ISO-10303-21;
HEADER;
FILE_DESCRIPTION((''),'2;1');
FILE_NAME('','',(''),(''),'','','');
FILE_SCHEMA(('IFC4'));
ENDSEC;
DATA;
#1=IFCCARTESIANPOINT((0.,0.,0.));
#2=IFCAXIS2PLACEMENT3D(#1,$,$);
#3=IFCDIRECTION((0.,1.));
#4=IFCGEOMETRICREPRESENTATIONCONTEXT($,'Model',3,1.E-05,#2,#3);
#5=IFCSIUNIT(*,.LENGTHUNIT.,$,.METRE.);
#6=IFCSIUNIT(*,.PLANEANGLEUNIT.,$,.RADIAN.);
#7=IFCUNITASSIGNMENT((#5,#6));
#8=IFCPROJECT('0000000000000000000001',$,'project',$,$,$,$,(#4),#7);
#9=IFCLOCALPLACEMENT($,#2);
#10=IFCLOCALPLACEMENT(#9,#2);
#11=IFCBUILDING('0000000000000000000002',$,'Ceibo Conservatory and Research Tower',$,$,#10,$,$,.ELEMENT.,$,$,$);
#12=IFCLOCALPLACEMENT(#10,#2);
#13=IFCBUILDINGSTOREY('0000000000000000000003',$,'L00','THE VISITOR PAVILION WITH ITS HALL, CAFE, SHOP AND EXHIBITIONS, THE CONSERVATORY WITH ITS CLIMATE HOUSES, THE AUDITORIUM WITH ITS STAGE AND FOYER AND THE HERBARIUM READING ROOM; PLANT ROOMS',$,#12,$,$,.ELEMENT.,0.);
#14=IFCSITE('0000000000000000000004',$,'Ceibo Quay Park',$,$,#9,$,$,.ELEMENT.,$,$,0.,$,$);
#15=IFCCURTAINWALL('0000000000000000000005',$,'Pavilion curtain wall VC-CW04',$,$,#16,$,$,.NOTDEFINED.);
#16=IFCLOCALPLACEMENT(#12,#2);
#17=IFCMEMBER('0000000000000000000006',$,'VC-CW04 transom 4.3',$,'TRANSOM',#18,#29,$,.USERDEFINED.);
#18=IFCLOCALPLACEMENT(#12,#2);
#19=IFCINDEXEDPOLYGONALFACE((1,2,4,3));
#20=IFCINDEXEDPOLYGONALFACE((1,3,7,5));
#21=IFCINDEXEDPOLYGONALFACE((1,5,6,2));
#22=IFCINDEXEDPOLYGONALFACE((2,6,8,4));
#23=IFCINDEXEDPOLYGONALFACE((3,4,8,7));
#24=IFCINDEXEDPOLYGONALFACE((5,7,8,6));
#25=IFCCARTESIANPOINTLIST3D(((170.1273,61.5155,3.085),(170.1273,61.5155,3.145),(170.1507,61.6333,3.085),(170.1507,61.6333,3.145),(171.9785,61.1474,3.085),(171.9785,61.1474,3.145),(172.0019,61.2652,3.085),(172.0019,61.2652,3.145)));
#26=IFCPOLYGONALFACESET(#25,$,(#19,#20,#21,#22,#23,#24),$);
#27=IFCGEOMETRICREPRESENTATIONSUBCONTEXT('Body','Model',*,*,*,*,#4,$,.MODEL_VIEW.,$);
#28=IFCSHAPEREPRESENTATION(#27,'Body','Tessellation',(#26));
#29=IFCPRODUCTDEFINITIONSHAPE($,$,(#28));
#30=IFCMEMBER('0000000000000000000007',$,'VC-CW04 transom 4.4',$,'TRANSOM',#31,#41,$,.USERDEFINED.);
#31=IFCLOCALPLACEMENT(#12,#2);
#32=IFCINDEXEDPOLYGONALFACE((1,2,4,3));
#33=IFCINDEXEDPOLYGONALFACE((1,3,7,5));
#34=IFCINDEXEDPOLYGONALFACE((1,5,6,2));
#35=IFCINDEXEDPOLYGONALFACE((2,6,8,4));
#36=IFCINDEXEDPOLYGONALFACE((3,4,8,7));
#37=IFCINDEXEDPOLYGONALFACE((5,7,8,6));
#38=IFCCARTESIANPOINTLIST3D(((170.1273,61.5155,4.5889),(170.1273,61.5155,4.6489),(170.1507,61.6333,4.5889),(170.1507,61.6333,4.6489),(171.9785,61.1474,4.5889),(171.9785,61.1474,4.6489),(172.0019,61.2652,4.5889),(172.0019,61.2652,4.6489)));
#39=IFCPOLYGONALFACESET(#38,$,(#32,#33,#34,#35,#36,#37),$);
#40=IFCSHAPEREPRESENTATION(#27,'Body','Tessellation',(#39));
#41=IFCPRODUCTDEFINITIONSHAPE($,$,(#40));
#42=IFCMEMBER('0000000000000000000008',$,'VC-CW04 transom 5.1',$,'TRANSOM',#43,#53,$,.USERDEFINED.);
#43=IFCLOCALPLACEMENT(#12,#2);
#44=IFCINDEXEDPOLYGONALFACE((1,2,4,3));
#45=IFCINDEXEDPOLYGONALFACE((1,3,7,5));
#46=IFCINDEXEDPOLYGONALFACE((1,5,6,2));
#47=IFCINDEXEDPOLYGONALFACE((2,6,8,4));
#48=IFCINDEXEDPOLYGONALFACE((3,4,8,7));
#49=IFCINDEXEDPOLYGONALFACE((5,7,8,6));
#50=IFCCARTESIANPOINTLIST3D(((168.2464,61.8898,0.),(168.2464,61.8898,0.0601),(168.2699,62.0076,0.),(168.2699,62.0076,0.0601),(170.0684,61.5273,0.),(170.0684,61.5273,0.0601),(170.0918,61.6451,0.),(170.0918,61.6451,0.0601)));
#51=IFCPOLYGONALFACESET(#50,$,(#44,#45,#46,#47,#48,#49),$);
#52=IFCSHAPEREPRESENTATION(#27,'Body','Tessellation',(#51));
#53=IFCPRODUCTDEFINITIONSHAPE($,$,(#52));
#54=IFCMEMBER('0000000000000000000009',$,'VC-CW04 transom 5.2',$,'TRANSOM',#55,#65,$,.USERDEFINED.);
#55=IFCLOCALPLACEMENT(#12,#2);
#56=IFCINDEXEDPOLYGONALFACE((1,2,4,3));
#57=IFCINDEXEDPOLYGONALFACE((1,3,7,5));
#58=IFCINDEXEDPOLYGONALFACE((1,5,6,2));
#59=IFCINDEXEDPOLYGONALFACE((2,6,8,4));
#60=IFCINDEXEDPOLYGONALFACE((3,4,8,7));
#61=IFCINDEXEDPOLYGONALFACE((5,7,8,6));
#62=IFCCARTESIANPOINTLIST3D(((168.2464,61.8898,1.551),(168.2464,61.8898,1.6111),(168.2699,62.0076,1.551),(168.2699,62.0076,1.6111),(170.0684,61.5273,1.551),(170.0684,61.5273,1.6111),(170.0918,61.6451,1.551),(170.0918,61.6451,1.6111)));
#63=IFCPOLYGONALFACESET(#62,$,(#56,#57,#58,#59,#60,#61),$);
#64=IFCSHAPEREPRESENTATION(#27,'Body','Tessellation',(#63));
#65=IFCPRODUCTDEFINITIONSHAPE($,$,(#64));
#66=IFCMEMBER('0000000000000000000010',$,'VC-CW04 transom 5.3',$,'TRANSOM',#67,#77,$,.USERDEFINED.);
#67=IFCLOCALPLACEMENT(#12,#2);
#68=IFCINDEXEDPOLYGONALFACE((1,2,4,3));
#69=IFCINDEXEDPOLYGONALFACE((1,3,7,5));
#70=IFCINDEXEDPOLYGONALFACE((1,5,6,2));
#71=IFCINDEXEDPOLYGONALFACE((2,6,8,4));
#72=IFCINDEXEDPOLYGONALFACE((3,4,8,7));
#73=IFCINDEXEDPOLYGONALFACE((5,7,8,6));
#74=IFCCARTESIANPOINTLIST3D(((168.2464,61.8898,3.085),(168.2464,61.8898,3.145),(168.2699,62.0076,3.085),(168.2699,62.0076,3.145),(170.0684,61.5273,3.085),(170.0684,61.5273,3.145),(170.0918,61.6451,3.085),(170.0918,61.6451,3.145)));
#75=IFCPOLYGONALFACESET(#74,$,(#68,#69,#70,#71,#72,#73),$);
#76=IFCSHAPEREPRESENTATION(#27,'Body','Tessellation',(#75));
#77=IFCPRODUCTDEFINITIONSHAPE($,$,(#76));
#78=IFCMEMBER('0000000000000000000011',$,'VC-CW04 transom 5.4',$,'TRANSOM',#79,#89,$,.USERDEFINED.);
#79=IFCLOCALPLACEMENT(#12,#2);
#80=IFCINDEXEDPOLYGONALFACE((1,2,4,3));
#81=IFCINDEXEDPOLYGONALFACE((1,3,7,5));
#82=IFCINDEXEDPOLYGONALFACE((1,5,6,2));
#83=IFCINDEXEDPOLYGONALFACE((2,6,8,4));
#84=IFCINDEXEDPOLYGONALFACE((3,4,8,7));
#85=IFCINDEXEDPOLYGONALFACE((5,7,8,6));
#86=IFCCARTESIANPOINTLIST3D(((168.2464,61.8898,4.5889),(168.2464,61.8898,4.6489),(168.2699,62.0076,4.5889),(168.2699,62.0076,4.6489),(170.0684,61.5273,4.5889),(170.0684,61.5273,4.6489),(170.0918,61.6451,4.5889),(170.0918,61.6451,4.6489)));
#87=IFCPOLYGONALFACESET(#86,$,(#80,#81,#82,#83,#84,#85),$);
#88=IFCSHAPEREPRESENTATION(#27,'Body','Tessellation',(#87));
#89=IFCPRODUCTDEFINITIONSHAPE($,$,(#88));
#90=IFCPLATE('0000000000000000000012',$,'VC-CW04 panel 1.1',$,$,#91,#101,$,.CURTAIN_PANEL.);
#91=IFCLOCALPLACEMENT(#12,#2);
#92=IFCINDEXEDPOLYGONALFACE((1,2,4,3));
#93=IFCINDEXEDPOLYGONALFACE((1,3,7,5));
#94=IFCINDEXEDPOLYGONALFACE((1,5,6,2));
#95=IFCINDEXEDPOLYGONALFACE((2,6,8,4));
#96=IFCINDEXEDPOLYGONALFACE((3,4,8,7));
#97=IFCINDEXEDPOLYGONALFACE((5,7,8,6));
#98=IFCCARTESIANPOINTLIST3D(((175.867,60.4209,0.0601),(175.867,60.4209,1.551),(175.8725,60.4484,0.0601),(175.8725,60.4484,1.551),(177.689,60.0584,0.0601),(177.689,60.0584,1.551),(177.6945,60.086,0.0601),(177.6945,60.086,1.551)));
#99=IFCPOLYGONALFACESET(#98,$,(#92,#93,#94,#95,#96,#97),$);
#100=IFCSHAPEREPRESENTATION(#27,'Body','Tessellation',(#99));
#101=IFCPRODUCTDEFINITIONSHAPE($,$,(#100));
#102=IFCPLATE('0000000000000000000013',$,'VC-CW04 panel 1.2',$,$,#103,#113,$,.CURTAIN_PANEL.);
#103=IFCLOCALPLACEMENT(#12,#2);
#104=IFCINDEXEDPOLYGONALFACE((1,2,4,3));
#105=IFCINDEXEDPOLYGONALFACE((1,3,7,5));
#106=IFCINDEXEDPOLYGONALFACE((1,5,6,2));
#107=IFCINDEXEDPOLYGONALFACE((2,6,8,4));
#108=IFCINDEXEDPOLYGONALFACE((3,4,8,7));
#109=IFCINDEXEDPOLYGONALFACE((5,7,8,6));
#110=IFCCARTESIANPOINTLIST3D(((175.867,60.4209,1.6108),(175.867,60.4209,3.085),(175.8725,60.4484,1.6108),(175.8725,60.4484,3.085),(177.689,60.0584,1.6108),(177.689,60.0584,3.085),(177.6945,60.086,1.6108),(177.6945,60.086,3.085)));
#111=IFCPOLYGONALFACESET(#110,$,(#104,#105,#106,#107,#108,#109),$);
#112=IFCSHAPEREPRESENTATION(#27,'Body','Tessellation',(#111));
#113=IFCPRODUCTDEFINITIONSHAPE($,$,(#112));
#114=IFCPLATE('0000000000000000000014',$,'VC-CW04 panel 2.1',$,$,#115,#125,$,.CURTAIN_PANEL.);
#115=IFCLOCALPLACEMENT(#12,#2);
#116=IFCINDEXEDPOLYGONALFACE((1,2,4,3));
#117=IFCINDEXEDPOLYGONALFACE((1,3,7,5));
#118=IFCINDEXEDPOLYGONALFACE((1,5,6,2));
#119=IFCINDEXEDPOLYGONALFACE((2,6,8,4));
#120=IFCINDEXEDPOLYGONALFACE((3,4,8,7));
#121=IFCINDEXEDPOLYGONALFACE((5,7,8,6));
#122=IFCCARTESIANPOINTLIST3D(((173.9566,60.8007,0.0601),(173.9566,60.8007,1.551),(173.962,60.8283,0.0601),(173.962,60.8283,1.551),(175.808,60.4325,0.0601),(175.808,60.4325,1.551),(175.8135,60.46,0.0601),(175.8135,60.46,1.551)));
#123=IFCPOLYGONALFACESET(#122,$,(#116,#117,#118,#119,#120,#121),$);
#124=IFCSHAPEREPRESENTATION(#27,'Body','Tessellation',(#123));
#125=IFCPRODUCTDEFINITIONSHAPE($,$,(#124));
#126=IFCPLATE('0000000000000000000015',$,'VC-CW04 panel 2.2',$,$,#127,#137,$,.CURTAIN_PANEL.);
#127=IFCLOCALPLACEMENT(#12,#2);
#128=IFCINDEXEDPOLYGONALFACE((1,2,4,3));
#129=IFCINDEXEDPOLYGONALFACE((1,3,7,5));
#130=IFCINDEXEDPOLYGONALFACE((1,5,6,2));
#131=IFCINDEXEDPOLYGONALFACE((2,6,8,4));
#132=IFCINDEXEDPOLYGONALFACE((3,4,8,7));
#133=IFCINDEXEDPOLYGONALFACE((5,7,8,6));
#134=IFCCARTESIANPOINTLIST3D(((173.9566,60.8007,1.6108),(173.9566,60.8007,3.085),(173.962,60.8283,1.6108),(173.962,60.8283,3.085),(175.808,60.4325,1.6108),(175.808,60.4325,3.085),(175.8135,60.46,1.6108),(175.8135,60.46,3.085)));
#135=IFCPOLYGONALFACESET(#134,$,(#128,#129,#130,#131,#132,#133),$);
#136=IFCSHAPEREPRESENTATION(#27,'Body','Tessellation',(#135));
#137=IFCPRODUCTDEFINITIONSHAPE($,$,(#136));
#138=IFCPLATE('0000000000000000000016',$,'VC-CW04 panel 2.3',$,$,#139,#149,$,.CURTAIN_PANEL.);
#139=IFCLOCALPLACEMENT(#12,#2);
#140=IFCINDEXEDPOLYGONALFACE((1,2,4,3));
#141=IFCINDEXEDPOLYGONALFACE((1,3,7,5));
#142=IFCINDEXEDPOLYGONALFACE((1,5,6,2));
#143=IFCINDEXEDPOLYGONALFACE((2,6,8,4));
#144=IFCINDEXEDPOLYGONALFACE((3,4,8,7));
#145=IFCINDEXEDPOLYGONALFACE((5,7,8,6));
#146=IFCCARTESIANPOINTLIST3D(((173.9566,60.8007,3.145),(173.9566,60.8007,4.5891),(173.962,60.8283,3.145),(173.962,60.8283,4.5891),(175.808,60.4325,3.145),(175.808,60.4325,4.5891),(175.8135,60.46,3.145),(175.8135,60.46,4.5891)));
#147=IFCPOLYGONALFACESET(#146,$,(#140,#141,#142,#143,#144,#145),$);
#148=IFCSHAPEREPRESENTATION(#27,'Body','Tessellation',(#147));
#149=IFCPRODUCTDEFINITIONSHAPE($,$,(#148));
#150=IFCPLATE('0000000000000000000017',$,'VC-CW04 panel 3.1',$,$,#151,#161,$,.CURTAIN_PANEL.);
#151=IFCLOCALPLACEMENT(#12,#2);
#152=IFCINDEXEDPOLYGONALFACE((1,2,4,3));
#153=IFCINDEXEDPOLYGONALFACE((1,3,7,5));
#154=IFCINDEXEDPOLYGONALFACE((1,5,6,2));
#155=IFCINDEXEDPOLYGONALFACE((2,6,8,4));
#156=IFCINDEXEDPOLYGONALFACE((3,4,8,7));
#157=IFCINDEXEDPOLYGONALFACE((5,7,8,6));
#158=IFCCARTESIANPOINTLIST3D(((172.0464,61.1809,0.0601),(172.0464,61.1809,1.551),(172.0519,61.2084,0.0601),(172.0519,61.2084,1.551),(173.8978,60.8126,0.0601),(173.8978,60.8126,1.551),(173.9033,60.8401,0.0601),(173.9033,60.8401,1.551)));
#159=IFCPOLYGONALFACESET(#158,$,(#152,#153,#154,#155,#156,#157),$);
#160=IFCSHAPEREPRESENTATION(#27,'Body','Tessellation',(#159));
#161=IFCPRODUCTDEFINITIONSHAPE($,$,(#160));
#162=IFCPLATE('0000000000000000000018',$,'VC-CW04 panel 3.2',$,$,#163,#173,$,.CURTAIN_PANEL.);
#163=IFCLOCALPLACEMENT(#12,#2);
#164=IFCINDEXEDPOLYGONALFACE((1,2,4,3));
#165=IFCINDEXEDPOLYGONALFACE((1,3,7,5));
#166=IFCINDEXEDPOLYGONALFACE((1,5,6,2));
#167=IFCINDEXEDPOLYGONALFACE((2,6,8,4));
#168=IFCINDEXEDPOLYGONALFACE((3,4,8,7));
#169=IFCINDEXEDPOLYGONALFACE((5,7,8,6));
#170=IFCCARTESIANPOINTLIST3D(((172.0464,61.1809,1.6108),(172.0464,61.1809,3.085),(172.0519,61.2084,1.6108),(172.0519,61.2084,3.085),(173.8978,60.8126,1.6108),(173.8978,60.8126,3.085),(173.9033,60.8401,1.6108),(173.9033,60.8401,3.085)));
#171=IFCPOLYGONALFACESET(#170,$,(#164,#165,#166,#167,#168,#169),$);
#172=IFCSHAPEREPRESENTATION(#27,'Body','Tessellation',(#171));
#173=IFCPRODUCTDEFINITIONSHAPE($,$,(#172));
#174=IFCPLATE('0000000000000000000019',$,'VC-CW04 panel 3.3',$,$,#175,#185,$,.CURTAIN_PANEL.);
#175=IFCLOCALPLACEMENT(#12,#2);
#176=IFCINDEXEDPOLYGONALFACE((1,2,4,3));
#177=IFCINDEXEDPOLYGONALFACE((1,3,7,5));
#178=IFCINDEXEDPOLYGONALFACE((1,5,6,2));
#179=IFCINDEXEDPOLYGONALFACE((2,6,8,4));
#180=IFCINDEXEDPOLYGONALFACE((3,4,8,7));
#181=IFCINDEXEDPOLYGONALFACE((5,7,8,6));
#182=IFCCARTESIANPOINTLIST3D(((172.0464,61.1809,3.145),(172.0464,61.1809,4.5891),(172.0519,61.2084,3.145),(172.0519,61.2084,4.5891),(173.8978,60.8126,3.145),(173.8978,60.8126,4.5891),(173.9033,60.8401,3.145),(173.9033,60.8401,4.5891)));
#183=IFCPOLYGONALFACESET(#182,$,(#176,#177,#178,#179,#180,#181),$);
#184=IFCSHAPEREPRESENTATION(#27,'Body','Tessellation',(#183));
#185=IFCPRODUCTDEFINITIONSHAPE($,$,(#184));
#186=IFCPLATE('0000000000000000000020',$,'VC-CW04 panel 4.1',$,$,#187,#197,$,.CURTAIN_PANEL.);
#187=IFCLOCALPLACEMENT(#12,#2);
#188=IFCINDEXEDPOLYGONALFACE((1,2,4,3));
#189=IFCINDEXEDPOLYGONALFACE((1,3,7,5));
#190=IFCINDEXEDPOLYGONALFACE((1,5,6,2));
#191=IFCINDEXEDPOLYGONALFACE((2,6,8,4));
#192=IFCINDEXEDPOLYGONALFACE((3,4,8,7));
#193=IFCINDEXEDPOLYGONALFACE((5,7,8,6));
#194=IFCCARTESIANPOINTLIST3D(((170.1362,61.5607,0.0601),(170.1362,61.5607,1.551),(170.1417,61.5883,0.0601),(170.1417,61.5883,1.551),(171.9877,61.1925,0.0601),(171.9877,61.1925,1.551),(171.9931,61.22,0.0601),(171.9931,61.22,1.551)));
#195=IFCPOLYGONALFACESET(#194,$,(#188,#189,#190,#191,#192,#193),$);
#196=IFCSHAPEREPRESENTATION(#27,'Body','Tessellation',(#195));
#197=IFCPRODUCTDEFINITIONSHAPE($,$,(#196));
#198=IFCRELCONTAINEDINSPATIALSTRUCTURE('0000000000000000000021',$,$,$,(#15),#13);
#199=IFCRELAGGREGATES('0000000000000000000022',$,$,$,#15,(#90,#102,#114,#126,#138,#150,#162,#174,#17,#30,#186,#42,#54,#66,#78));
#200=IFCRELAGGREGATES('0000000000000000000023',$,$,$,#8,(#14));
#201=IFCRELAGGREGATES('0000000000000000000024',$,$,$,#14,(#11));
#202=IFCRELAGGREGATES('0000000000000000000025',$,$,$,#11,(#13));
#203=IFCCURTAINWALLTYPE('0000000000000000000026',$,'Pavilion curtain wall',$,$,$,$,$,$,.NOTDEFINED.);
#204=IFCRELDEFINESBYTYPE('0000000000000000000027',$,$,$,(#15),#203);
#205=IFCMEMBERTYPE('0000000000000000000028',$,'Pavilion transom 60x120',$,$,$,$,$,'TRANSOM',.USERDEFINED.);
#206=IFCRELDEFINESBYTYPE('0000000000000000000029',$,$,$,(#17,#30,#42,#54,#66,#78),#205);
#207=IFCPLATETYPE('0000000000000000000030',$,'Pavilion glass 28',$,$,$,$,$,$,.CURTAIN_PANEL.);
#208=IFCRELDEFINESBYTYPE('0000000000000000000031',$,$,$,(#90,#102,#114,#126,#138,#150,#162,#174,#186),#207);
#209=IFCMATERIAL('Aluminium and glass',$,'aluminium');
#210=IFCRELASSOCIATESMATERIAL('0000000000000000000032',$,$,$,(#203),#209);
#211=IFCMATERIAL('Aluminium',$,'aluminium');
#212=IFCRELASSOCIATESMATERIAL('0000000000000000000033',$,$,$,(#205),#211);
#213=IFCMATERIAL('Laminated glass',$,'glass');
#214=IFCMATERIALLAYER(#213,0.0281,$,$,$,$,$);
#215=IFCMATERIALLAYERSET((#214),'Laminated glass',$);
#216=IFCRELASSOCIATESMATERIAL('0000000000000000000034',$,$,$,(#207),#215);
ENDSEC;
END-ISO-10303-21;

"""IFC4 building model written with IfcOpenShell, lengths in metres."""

from ifc_helpers import new_model, si_unit, direction, frame, origin, origin_2d, place, context, subcontext, project, spatial, rectangle, extrude, material, layer, layer_set, material_profile, profile_set, type_object, element, aggregate, save


model = new_model("IFC4")

# Units and contexts
model_context = context("Model", 3, precision=1e-05, world=origin(), true_north=direction((0.0, 1.0)))
body_context = subcontext(model_context, "Body", "Model", "MODEL_VIEW")
ifc_project = project(units=[si_unit("LENGTHUNIT", "METRE"), si_unit("PLANEANGLEUNIT", "RADIAN")], contexts=[model_context])

# Site, building, storey
site_placement = place(None, origin())
site = spatial("IfcSite", under=ifc_project, at=site_placement, Name="Ceibo Quay Park", CompositionType="ELEMENT", RefElevation=0.0)
building_placement = place(site_placement, origin())
building = spatial("IfcBuilding", under=site, at=building_placement, Name="Ceibo Conservatory and Research Tower", CompositionType="ELEMENT")
storey_placement = place(building_placement, origin())
storey = spatial("IfcBuildingStorey", under=building, at=storey_placement, Name="L00", Description="THE VISITOR PAVILION WITH ITS HALL, CAFE, SHOP AND EXHIBITIONS, THE CONSERVATORY WITH ITS CLIMATE HOUSES, THE AUDITORIUM WITH ITS STAGE AND FOYER AND THE HERBARIUM READING ROOM; PLANT ROOMS", CompositionType="ELEMENT", Elevation=0.0)

# Curtain wall, members, plates
ifc_material_1 = material(Name="Aluminium and glass", Category="aluminium")
curtain_wall_type = type_object("IfcCurtainWallType", Name="Pavilion curtain wall", PredefinedType="NOTDEFINED", material=ifc_material_1)
curtain_wall_placement = place(storey_placement, origin())
curtain_wall = element("IfcCurtainWall", 1, at=curtain_wall_placement, inside=storey, type_object=curtain_wall_type, Name="Pavilion curtain wall VC-CW04", PredefinedType="NOTDEFINED")
ifc_material_2 = material(Name="Aluminium", Category="aluminium")
ifc_material_profile_1 = material_profile(ifc_material_2, rectangle(XDim=0.1201, YDim=0.0601, at=origin_2d()), Name="AL 60x120")
ifc_profile_set_1 = profile_set([ifc_material_profile_1], Name="Aluminium")
member_type_1 = type_object("IfcMemberType", Name="Pavilion transom 60x120", ElementType="TRANSOM", PredefinedType="USERDEFINED", material=ifc_profile_set_1)
member_1_placement = place(storey_placement, frame((171.9902, 61.2063, 3.115), z_axis=(-0.980794, 0.195046, 0.0), x_axis=(-0.195046, -0.980794, 0.0)))
member_1 = element("IfcMember", 2, at=member_1_placement, type_object=member_type_1, Name="VC-CW04 transom 4.3", ObjectType="TRANSOM", PredefinedType="USERDEFINED", context=body_context, shape_type="SweptSolid", body=[
    extrude(rectangle(XDim=0.1201, YDim=0.0601, at=origin_2d()), origin(), (0.0, 0.0, 1.0), 1.8875),
])
member_2_placement = place(storey_placement, frame((171.9902, 61.2063, 4.6189), z_axis=(-0.980794, 0.195046, 0.0), x_axis=(-0.195046, -0.980794, 0.0)))
member_2 = element("IfcMember", 3, at=member_2_placement, type_object=member_type_1, Name="VC-CW04 transom 4.4", ObjectType="TRANSOM", PredefinedType="USERDEFINED", context=body_context, shape_type="SweptSolid", body=[
    extrude(rectangle(XDim=0.1201, YDim=0.0601, at=origin_2d()), origin(), (0.0, 0.0, 1.0), 1.8875),
])
member_3_placement = place(storey_placement, frame((170.0801, 61.5862, 0.03), z_axis=(-0.980772, 0.195156, 0.0), x_axis=(-0.195156, -0.980772, 0.0)))
member_3 = element("IfcMember", 4, at=member_3_placement, type_object=member_type_1, Name="VC-CW04 transom 5.1", ObjectType="TRANSOM", PredefinedType="USERDEFINED", context=body_context, shape_type="SweptSolid", body=[
    extrude(rectangle(XDim=0.1201, YDim=0.0601, at=origin_2d()), origin(), (0.0, 0.0, 1.0), 1.8577),
])
member_4_placement = place(storey_placement, frame((170.0801, 61.5862, 1.5811), z_axis=(-0.980772, 0.195156, 0.0), x_axis=(-0.195156, -0.980772, 0.0)))
member_4 = element("IfcMember", 5, at=member_4_placement, type_object=member_type_1, Name="VC-CW04 transom 5.2", ObjectType="TRANSOM", PredefinedType="USERDEFINED", context=body_context, shape_type="SweptSolid", body=[
    extrude(rectangle(XDim=0.1201, YDim=0.0601, at=origin_2d()), origin(), (0.0, 0.0, 1.0), 1.8577),
])
member_5_placement = place(storey_placement, frame((170.0801, 61.5862, 3.115), z_axis=(-0.980772, 0.195156, 0.0), x_axis=(-0.195156, -0.980772, 0.0)))
member_5 = element("IfcMember", 6, at=member_5_placement, type_object=member_type_1, Name="VC-CW04 transom 5.3", ObjectType="TRANSOM", PredefinedType="USERDEFINED", context=body_context, shape_type="SweptSolid", body=[
    extrude(rectangle(XDim=0.1201, YDim=0.0601, at=origin_2d()), origin(), (0.0, 0.0, 1.0), 1.8577),
])
member_6_placement = place(storey_placement, frame((170.0801, 61.5862, 4.6189), z_axis=(-0.980772, 0.195156, 0.0), x_axis=(-0.195156, -0.980772, 0.0)))
member_6 = element("IfcMember", 7, at=member_6_placement, type_object=member_type_1, Name="VC-CW04 transom 5.4", ObjectType="TRANSOM", PredefinedType="USERDEFINED", context=body_context, shape_type="SweptSolid", body=[
    extrude(rectangle(XDim=0.1201, YDim=0.0601, at=origin_2d()), origin(), (0.0, 0.0, 1.0), 1.8577),
])
ifc_material_3 = material(Name="Laminated glass", Category="glass")
ifc_layer_1 = layer(ifc_material_3, 0.0281)
ifc_layer_set_1 = layer_set([ifc_layer_1], Name="Laminated glass")
plate_type = type_object("IfcPlateType", Name="Pavilion glass 28", PredefinedType="CURTAIN_PANEL", material=ifc_layer_set_1)
plate_1_placement = place(storey_placement, frame((176.7808, 60.2534, 0.0601), z_axis=(0.0, 0.0, 1.0), x_axis=(-0.980785, 0.19509, 0.0)))
plate_1 = element("IfcPlate", 8, at=plate_1_placement, type_object=plate_type, Name="VC-CW04 panel 1.1", PredefinedType="CURTAIN_PANEL", context=body_context, shape_type="SweptSolid", body=[
    extrude(rectangle(XDim=1.8577, YDim=0.0281, at=origin_2d()), origin(), (0.0, 0.0, 1.0), 1.491),
])
plate_2_placement = place(storey_placement, frame((176.7808, 60.2534, 1.6108), z_axis=(0.0, 0.0, 1.0), x_axis=(-0.980785, 0.19509, 0.0)))
plate_2 = element("IfcPlate", 9, at=plate_2_placement, type_object=plate_type, Name="VC-CW04 panel 1.2", PredefinedType="CURTAIN_PANEL", context=body_context, shape_type="SweptSolid", body=[
    extrude(rectangle(XDim=1.8577, YDim=0.0281, at=origin_2d()), origin(), (0.0, 0.0, 1.0), 1.4741),
])
plate_3_placement = place(storey_placement, frame((174.885, 60.6304, 0.0601), z_axis=(0.0, 0.0, 1.0), x_axis=(-0.980785, 0.19509, 0.0)))
plate_3 = element("IfcPlate", 10, at=plate_3_placement, type_object=plate_type, Name="VC-CW04 panel 2.1", PredefinedType="CURTAIN_PANEL", context=body_context, shape_type="SweptSolid", body=[
    extrude(rectangle(XDim=1.8877, YDim=0.0281, at=origin_2d()), origin(), (0.0, 0.0, 1.0), 1.491),
])
plate_4_placement = place(storey_placement, frame((174.885, 60.6304, 1.6108), z_axis=(0.0, 0.0, 1.0), x_axis=(-0.980785, 0.19509, 0.0)))
plate_4 = element("IfcPlate", 11, at=plate_4_placement, type_object=plate_type, Name="VC-CW04 panel 2.2", PredefinedType="CURTAIN_PANEL", context=body_context, shape_type="SweptSolid", body=[
    extrude(rectangle(XDim=1.8877, YDim=0.0281, at=origin_2d()), origin(), (0.0, 0.0, 1.0), 1.4741),
])
plate_5_placement = place(storey_placement, frame((174.885, 60.6304, 3.145), z_axis=(0.0, 0.0, 1.0), x_axis=(-0.980785, 0.19509, 0.0)))
plate_5 = element("IfcPlate", 12, at=plate_5_placement, type_object=plate_type, Name="VC-CW04 panel 2.3", PredefinedType="CURTAIN_PANEL", context=body_context, shape_type="SweptSolid", body=[
    extrude(rectangle(XDim=1.8877, YDim=0.0281, at=origin_2d()), origin(), (0.0, 0.0, 1.0), 1.4441),
])
plate_6_placement = place(storey_placement, frame((172.9749, 61.0105, 0.0601), z_axis=(0.0, 0.0, 1.0), x_axis=(-0.980785, 0.19509, 0.0)))
plate_6 = element("IfcPlate", 13, at=plate_6_placement, type_object=plate_type, Name="VC-CW04 panel 3.1", PredefinedType="CURTAIN_PANEL", context=body_context, shape_type="SweptSolid", body=[
    extrude(rectangle(XDim=1.8877, YDim=0.0281, at=origin_2d()), origin(), (0.0, 0.0, 1.0), 1.491),
])
plate_7_placement = place(storey_placement, frame((172.9749, 61.0105, 1.6108), z_axis=(0.0, 0.0, 1.0), x_axis=(-0.980785, 0.19509, 0.0)))
plate_7 = element("IfcPlate", 14, at=plate_7_placement, type_object=plate_type, Name="VC-CW04 panel 3.2", PredefinedType="CURTAIN_PANEL", context=body_context, shape_type="SweptSolid", body=[
    extrude(rectangle(XDim=1.8877, YDim=0.0281, at=origin_2d()), origin(), (0.0, 0.0, 1.0), 1.4741),
])
plate_8_placement = place(storey_placement, frame((172.9749, 61.0105, 3.145), z_axis=(0.0, 0.0, 1.0), x_axis=(-0.980785, 0.19509, 0.0)))
plate_8 = element("IfcPlate", 15, at=plate_8_placement, type_object=plate_type, Name="VC-CW04 panel 3.3", PredefinedType="CURTAIN_PANEL", context=body_context, shape_type="SweptSolid", body=[
    extrude(rectangle(XDim=1.8877, YDim=0.0281, at=origin_2d()), origin(), (0.0, 0.0, 1.0), 1.4441),
])
plate_9_placement = place(storey_placement, frame((171.0647, 61.3904, 0.0601), z_axis=(0.0, 0.0, 1.0), x_axis=(-0.980785, 0.19509, 0.0)))
plate_9 = element("IfcPlate", 16, at=plate_9_placement, type_object=plate_type, Name="VC-CW04 panel 4.1", PredefinedType="CURTAIN_PANEL", context=body_context, shape_type="SweptSolid", body=[
    extrude(rectangle(XDim=1.8877, YDim=0.0281, at=origin_2d()), origin(), (0.0, 0.0, 1.0), 1.491),
])
aggregate(curtain_wall, [plate_1, plate_2, plate_3, plate_4, plate_5, plate_6, plate_7, plate_8, member_1, member_2, plate_9, member_3, member_4, member_5, member_6])

save(model, "model.ifc")
